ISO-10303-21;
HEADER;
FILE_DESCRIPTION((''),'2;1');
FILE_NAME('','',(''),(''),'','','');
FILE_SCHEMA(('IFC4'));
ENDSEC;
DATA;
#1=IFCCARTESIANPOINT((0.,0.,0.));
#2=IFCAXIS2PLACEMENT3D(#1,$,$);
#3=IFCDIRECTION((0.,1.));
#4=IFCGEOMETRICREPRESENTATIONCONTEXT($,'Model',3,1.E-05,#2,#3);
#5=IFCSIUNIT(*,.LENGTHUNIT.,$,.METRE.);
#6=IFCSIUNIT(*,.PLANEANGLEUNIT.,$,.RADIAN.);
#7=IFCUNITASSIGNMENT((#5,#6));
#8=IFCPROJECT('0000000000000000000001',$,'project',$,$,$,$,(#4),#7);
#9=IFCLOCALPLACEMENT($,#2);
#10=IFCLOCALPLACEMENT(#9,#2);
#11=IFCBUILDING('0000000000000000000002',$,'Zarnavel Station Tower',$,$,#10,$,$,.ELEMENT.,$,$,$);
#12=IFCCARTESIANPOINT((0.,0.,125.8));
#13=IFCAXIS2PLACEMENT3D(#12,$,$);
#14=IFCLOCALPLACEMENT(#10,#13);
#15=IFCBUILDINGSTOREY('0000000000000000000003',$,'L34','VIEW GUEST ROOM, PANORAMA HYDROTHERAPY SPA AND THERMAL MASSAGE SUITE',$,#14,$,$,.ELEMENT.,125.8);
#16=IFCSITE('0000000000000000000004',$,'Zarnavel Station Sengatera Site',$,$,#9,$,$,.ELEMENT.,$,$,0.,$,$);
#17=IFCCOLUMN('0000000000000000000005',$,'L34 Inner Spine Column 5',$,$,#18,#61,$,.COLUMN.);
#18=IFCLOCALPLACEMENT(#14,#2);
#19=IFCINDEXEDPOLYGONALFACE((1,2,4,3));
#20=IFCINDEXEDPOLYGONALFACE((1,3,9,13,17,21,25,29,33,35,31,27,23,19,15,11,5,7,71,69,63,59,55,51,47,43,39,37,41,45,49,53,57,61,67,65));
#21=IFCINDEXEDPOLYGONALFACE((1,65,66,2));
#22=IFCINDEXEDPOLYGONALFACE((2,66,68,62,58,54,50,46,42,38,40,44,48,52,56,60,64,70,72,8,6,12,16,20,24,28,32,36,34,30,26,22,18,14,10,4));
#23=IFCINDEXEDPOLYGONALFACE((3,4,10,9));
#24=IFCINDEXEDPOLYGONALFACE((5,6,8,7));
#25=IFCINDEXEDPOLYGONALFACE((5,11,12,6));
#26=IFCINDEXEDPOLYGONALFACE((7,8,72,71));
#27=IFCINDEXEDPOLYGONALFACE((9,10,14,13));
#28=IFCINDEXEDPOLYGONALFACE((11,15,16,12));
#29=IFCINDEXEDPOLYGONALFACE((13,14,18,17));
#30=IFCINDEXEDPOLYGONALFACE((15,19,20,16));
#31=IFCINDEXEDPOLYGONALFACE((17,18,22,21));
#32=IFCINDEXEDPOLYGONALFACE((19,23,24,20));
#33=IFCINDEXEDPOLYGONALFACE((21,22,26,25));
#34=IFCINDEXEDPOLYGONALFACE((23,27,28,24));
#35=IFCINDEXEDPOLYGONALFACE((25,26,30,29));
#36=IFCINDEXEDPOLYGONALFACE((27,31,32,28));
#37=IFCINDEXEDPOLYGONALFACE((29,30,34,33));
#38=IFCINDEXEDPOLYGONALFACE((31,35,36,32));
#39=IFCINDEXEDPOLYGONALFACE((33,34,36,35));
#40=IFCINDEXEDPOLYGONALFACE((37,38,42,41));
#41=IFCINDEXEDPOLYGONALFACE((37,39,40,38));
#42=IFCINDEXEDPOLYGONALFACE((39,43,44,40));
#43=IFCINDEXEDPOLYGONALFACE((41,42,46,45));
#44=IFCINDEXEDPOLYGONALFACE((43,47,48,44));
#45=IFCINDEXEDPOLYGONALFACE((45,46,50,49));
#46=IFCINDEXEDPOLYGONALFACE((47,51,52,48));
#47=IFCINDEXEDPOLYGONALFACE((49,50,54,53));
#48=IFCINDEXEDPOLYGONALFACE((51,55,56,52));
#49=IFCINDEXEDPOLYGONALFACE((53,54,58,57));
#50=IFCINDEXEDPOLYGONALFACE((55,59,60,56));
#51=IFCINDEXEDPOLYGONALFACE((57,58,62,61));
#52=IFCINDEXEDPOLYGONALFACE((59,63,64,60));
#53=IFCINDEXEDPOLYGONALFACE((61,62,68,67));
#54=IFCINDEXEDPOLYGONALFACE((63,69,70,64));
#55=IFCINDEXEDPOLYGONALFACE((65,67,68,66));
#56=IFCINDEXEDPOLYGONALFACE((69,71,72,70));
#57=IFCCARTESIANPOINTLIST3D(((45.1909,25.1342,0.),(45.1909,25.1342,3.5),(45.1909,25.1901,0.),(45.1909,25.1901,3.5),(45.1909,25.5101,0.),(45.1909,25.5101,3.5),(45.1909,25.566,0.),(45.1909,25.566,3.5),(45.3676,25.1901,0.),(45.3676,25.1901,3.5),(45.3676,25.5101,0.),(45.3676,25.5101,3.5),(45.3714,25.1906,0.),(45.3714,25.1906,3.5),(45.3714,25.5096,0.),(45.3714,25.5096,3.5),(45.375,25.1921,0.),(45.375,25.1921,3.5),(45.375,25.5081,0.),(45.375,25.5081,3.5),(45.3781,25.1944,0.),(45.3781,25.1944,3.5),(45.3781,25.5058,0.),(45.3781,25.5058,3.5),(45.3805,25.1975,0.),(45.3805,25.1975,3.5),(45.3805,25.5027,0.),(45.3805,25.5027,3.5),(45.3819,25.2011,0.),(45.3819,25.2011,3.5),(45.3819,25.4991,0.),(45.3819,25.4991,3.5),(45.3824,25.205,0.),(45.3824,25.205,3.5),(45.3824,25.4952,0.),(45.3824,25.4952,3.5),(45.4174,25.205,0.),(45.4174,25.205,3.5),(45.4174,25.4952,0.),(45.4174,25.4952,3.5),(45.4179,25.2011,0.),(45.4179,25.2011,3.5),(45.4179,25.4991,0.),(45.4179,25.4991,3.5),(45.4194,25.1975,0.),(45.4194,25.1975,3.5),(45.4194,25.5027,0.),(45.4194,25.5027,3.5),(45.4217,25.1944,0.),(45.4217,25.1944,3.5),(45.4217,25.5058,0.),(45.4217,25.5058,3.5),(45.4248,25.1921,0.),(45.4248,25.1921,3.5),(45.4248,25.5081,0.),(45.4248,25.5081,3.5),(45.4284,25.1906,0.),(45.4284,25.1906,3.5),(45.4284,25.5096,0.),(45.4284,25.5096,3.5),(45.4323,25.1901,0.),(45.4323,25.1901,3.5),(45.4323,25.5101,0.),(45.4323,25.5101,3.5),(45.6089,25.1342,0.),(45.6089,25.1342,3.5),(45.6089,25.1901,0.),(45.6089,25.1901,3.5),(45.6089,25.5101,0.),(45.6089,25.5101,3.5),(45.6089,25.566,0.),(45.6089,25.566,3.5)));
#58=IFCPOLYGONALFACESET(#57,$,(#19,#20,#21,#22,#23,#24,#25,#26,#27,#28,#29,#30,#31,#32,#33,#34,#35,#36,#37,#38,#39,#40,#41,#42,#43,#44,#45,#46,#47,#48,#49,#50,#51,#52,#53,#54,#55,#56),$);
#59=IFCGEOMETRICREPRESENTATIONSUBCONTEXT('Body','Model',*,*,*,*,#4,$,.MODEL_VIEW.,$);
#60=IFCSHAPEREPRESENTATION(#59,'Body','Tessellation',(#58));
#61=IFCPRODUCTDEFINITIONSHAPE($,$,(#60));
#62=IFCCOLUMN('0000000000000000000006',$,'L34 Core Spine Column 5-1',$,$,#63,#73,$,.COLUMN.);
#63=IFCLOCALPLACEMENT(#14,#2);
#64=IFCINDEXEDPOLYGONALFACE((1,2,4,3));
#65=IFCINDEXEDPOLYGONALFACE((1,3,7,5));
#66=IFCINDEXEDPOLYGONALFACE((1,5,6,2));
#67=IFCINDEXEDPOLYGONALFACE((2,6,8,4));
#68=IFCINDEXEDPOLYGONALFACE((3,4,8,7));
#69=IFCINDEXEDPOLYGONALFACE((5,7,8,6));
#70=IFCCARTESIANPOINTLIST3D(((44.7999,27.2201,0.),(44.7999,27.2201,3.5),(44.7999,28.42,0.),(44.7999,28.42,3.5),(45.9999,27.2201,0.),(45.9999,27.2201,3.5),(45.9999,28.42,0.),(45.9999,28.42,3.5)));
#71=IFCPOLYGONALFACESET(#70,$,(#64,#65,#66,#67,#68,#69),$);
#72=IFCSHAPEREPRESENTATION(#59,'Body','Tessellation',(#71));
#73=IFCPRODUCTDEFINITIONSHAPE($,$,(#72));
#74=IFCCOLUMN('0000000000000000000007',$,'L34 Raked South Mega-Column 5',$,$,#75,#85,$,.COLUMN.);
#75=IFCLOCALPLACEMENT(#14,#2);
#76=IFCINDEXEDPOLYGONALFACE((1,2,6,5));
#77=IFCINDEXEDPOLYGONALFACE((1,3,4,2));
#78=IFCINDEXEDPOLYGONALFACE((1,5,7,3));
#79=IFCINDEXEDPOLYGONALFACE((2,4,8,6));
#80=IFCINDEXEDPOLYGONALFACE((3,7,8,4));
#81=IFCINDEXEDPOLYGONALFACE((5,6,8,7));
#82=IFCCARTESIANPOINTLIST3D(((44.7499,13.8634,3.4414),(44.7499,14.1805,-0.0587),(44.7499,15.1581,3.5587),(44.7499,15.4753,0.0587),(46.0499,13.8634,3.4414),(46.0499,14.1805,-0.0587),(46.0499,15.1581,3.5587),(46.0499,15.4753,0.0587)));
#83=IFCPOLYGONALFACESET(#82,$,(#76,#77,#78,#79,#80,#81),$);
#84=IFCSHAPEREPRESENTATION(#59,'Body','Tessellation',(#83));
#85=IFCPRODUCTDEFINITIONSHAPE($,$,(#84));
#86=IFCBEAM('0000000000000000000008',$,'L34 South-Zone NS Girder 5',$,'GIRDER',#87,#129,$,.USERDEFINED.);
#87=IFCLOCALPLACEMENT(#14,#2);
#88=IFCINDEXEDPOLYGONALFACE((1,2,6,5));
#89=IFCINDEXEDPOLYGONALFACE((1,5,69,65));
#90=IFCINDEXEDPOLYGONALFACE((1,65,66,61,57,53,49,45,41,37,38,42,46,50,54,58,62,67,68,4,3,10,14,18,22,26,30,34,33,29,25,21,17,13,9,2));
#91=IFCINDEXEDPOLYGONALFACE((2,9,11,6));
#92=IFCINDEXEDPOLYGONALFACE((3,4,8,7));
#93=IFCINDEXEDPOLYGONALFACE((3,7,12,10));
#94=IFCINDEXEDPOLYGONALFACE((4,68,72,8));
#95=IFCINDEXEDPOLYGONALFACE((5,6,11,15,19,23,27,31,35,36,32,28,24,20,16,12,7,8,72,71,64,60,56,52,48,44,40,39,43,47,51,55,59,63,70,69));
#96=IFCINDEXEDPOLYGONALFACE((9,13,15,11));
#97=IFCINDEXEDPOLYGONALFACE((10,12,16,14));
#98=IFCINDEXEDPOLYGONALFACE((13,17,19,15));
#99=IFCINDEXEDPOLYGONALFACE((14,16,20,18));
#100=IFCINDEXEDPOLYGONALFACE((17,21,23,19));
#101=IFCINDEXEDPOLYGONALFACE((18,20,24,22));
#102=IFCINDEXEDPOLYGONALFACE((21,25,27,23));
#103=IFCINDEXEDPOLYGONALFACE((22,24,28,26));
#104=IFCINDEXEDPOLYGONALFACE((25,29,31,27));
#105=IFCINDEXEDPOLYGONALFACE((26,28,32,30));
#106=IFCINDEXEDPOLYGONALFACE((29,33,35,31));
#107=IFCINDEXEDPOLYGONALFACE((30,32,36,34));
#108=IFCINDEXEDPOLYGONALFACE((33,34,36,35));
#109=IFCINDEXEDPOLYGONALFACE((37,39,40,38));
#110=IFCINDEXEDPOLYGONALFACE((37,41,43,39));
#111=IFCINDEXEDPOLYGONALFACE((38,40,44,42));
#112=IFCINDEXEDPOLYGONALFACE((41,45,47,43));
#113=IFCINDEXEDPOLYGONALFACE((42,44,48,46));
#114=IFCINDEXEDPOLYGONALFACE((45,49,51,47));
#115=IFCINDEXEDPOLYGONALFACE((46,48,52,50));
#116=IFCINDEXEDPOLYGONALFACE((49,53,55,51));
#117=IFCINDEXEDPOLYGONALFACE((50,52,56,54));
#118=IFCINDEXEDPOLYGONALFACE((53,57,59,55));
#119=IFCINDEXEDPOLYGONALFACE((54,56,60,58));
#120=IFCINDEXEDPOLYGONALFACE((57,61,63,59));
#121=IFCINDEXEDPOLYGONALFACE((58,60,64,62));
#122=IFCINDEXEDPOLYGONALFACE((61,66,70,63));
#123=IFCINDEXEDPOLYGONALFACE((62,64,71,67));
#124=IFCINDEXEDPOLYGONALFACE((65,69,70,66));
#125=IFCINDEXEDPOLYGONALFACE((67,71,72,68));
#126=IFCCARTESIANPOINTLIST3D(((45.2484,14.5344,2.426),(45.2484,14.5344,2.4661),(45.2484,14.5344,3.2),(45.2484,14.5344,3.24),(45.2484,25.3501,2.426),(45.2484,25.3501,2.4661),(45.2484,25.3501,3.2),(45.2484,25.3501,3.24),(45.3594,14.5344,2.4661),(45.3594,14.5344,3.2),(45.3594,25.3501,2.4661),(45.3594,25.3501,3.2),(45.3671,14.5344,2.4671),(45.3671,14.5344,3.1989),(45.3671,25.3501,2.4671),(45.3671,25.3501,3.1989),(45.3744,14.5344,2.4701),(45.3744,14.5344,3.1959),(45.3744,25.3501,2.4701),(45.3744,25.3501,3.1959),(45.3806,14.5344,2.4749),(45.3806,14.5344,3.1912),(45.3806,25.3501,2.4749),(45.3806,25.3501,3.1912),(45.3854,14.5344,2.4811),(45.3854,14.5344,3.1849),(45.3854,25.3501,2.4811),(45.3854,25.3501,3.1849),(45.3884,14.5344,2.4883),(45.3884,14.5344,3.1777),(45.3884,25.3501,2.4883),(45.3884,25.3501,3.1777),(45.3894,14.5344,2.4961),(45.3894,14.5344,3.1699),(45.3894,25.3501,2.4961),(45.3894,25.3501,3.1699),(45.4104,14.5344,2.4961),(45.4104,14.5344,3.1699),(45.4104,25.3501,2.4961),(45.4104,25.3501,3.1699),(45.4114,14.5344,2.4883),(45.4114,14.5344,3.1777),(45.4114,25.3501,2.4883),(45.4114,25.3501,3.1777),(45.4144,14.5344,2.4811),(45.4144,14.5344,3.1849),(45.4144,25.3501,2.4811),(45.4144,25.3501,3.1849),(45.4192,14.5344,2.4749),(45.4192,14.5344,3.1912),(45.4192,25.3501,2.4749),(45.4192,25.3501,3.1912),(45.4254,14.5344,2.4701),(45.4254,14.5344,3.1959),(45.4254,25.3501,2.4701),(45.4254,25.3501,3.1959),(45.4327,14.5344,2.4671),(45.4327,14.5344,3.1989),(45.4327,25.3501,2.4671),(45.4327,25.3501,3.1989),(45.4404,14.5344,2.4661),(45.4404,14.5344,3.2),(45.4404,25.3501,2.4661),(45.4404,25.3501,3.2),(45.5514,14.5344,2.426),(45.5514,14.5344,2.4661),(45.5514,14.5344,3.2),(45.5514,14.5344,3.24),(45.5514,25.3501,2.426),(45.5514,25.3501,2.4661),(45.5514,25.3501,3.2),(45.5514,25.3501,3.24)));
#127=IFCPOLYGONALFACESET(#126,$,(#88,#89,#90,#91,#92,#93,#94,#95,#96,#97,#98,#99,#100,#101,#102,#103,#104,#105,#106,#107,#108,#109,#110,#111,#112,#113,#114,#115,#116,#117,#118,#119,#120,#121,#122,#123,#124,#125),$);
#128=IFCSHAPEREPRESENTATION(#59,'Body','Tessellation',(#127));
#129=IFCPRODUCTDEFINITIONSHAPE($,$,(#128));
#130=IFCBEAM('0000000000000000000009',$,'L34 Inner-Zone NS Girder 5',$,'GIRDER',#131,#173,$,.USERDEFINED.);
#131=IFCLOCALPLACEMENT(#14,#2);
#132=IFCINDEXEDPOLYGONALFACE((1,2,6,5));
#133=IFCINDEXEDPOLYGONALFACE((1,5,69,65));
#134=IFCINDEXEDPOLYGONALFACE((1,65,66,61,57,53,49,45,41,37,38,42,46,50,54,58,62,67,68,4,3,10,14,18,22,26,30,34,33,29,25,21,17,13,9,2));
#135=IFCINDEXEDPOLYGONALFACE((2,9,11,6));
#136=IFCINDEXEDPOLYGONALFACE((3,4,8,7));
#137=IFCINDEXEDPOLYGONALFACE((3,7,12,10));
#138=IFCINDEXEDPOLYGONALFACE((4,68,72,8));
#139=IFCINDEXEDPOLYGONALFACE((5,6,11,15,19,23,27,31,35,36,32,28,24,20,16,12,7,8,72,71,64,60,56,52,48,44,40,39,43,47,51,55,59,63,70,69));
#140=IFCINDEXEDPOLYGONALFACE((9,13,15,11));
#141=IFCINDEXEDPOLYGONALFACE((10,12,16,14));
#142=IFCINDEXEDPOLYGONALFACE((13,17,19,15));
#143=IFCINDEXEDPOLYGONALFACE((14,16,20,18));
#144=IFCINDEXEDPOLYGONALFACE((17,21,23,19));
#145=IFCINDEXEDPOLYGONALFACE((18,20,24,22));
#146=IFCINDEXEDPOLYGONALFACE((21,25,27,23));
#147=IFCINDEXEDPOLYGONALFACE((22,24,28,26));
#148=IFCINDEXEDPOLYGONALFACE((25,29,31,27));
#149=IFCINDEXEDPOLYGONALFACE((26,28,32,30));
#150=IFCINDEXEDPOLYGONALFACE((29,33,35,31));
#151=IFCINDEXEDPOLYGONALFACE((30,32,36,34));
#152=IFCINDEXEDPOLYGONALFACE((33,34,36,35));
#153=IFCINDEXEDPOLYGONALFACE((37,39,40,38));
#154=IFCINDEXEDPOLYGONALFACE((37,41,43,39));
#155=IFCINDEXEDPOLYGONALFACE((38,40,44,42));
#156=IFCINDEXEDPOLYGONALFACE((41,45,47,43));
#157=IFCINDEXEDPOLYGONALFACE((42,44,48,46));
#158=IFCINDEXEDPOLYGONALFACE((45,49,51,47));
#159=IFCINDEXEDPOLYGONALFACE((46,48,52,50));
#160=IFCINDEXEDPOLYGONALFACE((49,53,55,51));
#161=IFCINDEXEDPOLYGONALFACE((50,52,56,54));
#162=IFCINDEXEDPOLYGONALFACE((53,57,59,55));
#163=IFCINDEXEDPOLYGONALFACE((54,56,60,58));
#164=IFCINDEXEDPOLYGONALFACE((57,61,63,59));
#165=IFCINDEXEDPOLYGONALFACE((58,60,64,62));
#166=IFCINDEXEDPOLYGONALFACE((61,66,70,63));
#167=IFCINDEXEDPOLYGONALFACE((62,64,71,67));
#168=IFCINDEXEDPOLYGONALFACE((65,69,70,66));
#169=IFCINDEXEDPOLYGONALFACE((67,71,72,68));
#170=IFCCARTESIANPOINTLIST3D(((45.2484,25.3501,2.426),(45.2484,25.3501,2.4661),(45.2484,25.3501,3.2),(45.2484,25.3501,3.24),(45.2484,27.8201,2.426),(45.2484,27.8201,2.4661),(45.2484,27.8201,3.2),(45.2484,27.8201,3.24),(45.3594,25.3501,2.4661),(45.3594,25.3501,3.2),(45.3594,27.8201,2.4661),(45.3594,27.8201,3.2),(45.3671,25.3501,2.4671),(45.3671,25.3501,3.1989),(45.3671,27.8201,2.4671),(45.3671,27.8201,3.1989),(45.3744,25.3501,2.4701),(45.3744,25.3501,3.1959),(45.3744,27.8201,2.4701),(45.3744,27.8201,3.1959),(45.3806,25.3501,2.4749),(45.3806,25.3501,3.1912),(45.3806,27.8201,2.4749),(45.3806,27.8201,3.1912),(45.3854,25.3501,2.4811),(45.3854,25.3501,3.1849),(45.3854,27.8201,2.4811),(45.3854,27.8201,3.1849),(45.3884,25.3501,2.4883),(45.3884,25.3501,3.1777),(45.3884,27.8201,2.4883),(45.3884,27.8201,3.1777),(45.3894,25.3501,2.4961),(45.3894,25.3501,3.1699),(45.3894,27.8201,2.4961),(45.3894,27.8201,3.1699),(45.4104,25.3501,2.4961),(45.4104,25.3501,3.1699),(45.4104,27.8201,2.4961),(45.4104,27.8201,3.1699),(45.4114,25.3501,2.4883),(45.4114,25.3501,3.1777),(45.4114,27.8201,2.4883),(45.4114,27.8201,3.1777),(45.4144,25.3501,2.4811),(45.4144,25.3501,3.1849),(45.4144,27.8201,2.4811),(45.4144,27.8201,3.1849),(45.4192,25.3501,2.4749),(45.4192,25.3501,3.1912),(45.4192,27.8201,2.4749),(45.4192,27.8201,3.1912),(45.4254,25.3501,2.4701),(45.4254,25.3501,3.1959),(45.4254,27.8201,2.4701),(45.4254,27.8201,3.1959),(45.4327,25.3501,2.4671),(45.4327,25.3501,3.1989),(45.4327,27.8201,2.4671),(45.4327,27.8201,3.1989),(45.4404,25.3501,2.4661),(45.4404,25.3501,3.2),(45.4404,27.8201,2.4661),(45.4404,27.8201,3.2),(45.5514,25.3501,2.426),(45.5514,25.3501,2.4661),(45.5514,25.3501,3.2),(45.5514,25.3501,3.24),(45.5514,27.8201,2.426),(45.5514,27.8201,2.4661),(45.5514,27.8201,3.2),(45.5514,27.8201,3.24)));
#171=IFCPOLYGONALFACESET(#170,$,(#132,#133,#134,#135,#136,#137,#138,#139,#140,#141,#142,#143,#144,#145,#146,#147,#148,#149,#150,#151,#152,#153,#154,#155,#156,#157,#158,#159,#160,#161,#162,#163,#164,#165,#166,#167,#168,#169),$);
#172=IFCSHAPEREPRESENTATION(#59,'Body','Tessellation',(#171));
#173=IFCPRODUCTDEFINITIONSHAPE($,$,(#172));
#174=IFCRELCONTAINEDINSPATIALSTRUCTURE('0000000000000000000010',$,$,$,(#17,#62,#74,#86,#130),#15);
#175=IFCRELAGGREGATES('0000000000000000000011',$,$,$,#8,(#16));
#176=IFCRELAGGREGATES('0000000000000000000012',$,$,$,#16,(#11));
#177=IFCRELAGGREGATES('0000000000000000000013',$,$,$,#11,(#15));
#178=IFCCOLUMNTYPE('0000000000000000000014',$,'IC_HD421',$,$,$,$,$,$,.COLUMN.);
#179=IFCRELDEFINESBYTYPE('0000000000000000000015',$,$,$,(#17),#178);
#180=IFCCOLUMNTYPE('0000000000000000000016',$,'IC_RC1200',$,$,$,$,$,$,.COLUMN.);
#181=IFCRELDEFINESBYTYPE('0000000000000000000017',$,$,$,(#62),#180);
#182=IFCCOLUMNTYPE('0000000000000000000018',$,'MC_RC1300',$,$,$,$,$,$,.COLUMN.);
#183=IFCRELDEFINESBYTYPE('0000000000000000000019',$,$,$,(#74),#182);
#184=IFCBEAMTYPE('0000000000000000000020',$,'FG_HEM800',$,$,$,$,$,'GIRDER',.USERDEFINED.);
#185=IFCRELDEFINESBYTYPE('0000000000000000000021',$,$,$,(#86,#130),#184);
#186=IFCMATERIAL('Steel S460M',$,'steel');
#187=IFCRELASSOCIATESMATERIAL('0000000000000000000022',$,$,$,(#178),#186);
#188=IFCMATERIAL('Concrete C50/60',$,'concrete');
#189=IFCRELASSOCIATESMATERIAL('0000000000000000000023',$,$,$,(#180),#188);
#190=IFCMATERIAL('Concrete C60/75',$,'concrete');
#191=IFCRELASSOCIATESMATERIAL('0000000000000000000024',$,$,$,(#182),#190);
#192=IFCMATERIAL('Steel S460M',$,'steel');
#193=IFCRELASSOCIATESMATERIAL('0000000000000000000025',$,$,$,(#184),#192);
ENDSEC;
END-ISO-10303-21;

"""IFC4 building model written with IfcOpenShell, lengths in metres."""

from ifc_helpers import new_model, si_unit, direction, frame, origin, origin_2d, place, context, subcontext, project, spatial, rectangle, i_section, extrude, material, material_profile, profile_set, type_object, element, save


model = new_model("IFC4")

# Units and contexts
model_context = context("Model", 3, precision=1e-05, world=origin(), true_north=direction((0.0, 1.0)))
body_context = subcontext(model_context, "Body", "Model", "MODEL_VIEW")
ifc_project = project(units=[si_unit("LENGTHUNIT", "METRE"), si_unit("PLANEANGLEUNIT", "RADIAN")], contexts=[model_context])

# Site, building, storey
site_placement = place(None, origin())
site = spatial("IfcSite", under=ifc_project, at=site_placement, Name="Zarnavel Station Sengatera Site", CompositionType="ELEMENT", RefElevation=0.0)
building_placement = place(site_placement, origin())
building = spatial("IfcBuilding", under=site, at=building_placement, Name="Zarnavel Station Tower", CompositionType="ELEMENT")
storey_placement = place(building_placement, frame((0.0, 0.0, 125.8)))
storey = spatial("IfcBuildingStorey", under=building, at=storey_placement, Name="L34", Description="VIEW GUEST ROOM, PANORAMA HYDROTHERAPY SPA AND THERMAL MASSAGE SUITE", CompositionType="ELEMENT", Elevation=125.8)

# Columns
ifc_material_1 = material(Name="Steel S460M", Category="steel")
ifc_material_profile_1 = material_profile(ifc_material_1, i_section(OverallWidth=0.418, OverallDepth=0.4319, WebThickness=0.0349, FlangeThickness=0.0559, FilletRadius=0.0149, at=origin_2d()), Name="HD400x421")
ifc_profile_set_1 = profile_set([ifc_material_profile_1], Name="Steel S460M")
column_type_1 = type_object("IfcColumnType", Name="IC_HD421", PredefinedType="COLUMN", material=ifc_profile_set_1)
column_1_placement = place(storey_placement, frame((45.3999, 25.3501, 0.0), z_axis=(0.0, 0.0, 1.0), x_axis=(1.0, 0.0, 0.0)))
element("IfcColumn", 1, at=column_1_placement, inside=storey, type_object=column_type_1, Name="L34 Inner Spine Column 5", PredefinedType="COLUMN", context=body_context, shape_type="SweptSolid", body=[
    extrude(i_section(OverallWidth=0.418, OverallDepth=0.4319, WebThickness=0.0349, FlangeThickness=0.0559, FilletRadius=0.0149, at=origin_2d()), origin(), (0.0, 0.0, 1.0), 3.5),
])
ifc_material_2 = material(Name="Concrete C50/60", Category="concrete")
ifc_material_profile_2 = material_profile(ifc_material_2, rectangle(XDim=1.2, YDim=1.2, at=origin_2d()), Name="RC1200x1200")
ifc_profile_set_2 = profile_set([ifc_material_profile_2], Name="Concrete C50/60")
column_type_2 = type_object("IfcColumnType", Name="IC_RC1200", PredefinedType="COLUMN", material=ifc_profile_set_2)
column_2_placement = place(storey_placement, frame((45.3999, 27.8201, 0.0), z_axis=(0.0, 0.0, 1.0), x_axis=(1.0, 0.0, 0.0)))
element("IfcColumn", 2, at=column_2_placement, inside=storey, type_object=column_type_2, Name="L34 Core Spine Column 5-1", PredefinedType="COLUMN", context=body_context, shape_type="SweptSolid", body=[
    extrude(rectangle(XDim=1.2, YDim=1.2, at=origin_2d()), origin(), (0.0, 0.0, 1.0), 3.5),
])
ifc_material_3 = material(Name="Concrete C60/75", Category="concrete")
ifc_material_profile_3 = material_profile(ifc_material_3, rectangle(XDim=1.3, YDim=1.3, at=origin_2d()), Name="RC1300x1300")
ifc_profile_set_3 = profile_set([ifc_material_profile_3], Name="Concrete C60/75")
column_type_3 = type_object("IfcColumnType", Name="MC_RC1300", PredefinedType="COLUMN", material=ifc_profile_set_3)
column_3_placement = place(storey_placement, frame((45.3999, 14.8279, 0.0), z_axis=(0.0, -0.090241, 0.99592), x_axis=(1.0, 0.0, 0.0)))
element("IfcColumn", 3, at=column_3_placement, inside=storey, type_object=column_type_3, Name="L34 Raked South Mega-Column 5", PredefinedType="COLUMN", context=body_context, shape_type="SweptSolid", body=[
    extrude(rectangle(XDim=1.3, YDim=1.3, at=origin_2d()), origin(), (0.0, 0.0, 1.0), 3.5144),
])

# Beams
ifc_material_4 = material(Name="Steel S460M", Category="steel")
ifc_material_profile_4 = material_profile(ifc_material_4, i_section(OverallWidth=0.303, OverallDepth=0.814, WebThickness=0.021, FlangeThickness=0.04, FilletRadius=0.03, at=origin_2d()), Name="HEM800")
ifc_profile_set_4 = profile_set([ifc_material_profile_4], Name="Steel S460M")
beam_type_1 = type_object("IfcBeamType", Name="FG_HEM800", ElementType="GIRDER", PredefinedType="USERDEFINED", material=ifc_profile_set_4)
beam_1_placement = place(storey_placement, frame((45.3999, 14.5344, 2.833), z_axis=(0.0, 1.0, 0.0), x_axis=(-1.0, 0.0, 0.0)))
element("IfcBeam", 4, at=beam_1_placement, inside=storey, type_object=beam_type_1, Name="L34 South-Zone NS Girder 5", ObjectType="GIRDER", PredefinedType="USERDEFINED", context=body_context, shape_type="SweptSolid", body=[
    extrude(i_section(OverallWidth=0.303, OverallDepth=0.814, WebThickness=0.021, FlangeThickness=0.04, FilletRadius=0.03, at=origin_2d()), origin(), (0.0, 0.0, 1.0), 10.8157),
])
beam_2_placement = place(storey_placement, frame((45.3999, 25.3501, 2.833), z_axis=(0.0, 1.0, 0.0), x_axis=(-1.0, 0.0, 0.0)))
element("IfcBeam", 5, at=beam_2_placement, inside=storey, type_object=beam_type_1, Name="L34 Inner-Zone NS Girder 5", ObjectType="GIRDER", PredefinedType="USERDEFINED", context=body_context, shape_type="SweptSolid", body=[
    extrude(i_section(OverallWidth=0.303, OverallDepth=0.814, WebThickness=0.021, FlangeThickness=0.04, FilletRadius=0.03, at=origin_2d()), origin(), (0.0, 0.0, 1.0), 2.47),
])

save(model, "model.ifc")
